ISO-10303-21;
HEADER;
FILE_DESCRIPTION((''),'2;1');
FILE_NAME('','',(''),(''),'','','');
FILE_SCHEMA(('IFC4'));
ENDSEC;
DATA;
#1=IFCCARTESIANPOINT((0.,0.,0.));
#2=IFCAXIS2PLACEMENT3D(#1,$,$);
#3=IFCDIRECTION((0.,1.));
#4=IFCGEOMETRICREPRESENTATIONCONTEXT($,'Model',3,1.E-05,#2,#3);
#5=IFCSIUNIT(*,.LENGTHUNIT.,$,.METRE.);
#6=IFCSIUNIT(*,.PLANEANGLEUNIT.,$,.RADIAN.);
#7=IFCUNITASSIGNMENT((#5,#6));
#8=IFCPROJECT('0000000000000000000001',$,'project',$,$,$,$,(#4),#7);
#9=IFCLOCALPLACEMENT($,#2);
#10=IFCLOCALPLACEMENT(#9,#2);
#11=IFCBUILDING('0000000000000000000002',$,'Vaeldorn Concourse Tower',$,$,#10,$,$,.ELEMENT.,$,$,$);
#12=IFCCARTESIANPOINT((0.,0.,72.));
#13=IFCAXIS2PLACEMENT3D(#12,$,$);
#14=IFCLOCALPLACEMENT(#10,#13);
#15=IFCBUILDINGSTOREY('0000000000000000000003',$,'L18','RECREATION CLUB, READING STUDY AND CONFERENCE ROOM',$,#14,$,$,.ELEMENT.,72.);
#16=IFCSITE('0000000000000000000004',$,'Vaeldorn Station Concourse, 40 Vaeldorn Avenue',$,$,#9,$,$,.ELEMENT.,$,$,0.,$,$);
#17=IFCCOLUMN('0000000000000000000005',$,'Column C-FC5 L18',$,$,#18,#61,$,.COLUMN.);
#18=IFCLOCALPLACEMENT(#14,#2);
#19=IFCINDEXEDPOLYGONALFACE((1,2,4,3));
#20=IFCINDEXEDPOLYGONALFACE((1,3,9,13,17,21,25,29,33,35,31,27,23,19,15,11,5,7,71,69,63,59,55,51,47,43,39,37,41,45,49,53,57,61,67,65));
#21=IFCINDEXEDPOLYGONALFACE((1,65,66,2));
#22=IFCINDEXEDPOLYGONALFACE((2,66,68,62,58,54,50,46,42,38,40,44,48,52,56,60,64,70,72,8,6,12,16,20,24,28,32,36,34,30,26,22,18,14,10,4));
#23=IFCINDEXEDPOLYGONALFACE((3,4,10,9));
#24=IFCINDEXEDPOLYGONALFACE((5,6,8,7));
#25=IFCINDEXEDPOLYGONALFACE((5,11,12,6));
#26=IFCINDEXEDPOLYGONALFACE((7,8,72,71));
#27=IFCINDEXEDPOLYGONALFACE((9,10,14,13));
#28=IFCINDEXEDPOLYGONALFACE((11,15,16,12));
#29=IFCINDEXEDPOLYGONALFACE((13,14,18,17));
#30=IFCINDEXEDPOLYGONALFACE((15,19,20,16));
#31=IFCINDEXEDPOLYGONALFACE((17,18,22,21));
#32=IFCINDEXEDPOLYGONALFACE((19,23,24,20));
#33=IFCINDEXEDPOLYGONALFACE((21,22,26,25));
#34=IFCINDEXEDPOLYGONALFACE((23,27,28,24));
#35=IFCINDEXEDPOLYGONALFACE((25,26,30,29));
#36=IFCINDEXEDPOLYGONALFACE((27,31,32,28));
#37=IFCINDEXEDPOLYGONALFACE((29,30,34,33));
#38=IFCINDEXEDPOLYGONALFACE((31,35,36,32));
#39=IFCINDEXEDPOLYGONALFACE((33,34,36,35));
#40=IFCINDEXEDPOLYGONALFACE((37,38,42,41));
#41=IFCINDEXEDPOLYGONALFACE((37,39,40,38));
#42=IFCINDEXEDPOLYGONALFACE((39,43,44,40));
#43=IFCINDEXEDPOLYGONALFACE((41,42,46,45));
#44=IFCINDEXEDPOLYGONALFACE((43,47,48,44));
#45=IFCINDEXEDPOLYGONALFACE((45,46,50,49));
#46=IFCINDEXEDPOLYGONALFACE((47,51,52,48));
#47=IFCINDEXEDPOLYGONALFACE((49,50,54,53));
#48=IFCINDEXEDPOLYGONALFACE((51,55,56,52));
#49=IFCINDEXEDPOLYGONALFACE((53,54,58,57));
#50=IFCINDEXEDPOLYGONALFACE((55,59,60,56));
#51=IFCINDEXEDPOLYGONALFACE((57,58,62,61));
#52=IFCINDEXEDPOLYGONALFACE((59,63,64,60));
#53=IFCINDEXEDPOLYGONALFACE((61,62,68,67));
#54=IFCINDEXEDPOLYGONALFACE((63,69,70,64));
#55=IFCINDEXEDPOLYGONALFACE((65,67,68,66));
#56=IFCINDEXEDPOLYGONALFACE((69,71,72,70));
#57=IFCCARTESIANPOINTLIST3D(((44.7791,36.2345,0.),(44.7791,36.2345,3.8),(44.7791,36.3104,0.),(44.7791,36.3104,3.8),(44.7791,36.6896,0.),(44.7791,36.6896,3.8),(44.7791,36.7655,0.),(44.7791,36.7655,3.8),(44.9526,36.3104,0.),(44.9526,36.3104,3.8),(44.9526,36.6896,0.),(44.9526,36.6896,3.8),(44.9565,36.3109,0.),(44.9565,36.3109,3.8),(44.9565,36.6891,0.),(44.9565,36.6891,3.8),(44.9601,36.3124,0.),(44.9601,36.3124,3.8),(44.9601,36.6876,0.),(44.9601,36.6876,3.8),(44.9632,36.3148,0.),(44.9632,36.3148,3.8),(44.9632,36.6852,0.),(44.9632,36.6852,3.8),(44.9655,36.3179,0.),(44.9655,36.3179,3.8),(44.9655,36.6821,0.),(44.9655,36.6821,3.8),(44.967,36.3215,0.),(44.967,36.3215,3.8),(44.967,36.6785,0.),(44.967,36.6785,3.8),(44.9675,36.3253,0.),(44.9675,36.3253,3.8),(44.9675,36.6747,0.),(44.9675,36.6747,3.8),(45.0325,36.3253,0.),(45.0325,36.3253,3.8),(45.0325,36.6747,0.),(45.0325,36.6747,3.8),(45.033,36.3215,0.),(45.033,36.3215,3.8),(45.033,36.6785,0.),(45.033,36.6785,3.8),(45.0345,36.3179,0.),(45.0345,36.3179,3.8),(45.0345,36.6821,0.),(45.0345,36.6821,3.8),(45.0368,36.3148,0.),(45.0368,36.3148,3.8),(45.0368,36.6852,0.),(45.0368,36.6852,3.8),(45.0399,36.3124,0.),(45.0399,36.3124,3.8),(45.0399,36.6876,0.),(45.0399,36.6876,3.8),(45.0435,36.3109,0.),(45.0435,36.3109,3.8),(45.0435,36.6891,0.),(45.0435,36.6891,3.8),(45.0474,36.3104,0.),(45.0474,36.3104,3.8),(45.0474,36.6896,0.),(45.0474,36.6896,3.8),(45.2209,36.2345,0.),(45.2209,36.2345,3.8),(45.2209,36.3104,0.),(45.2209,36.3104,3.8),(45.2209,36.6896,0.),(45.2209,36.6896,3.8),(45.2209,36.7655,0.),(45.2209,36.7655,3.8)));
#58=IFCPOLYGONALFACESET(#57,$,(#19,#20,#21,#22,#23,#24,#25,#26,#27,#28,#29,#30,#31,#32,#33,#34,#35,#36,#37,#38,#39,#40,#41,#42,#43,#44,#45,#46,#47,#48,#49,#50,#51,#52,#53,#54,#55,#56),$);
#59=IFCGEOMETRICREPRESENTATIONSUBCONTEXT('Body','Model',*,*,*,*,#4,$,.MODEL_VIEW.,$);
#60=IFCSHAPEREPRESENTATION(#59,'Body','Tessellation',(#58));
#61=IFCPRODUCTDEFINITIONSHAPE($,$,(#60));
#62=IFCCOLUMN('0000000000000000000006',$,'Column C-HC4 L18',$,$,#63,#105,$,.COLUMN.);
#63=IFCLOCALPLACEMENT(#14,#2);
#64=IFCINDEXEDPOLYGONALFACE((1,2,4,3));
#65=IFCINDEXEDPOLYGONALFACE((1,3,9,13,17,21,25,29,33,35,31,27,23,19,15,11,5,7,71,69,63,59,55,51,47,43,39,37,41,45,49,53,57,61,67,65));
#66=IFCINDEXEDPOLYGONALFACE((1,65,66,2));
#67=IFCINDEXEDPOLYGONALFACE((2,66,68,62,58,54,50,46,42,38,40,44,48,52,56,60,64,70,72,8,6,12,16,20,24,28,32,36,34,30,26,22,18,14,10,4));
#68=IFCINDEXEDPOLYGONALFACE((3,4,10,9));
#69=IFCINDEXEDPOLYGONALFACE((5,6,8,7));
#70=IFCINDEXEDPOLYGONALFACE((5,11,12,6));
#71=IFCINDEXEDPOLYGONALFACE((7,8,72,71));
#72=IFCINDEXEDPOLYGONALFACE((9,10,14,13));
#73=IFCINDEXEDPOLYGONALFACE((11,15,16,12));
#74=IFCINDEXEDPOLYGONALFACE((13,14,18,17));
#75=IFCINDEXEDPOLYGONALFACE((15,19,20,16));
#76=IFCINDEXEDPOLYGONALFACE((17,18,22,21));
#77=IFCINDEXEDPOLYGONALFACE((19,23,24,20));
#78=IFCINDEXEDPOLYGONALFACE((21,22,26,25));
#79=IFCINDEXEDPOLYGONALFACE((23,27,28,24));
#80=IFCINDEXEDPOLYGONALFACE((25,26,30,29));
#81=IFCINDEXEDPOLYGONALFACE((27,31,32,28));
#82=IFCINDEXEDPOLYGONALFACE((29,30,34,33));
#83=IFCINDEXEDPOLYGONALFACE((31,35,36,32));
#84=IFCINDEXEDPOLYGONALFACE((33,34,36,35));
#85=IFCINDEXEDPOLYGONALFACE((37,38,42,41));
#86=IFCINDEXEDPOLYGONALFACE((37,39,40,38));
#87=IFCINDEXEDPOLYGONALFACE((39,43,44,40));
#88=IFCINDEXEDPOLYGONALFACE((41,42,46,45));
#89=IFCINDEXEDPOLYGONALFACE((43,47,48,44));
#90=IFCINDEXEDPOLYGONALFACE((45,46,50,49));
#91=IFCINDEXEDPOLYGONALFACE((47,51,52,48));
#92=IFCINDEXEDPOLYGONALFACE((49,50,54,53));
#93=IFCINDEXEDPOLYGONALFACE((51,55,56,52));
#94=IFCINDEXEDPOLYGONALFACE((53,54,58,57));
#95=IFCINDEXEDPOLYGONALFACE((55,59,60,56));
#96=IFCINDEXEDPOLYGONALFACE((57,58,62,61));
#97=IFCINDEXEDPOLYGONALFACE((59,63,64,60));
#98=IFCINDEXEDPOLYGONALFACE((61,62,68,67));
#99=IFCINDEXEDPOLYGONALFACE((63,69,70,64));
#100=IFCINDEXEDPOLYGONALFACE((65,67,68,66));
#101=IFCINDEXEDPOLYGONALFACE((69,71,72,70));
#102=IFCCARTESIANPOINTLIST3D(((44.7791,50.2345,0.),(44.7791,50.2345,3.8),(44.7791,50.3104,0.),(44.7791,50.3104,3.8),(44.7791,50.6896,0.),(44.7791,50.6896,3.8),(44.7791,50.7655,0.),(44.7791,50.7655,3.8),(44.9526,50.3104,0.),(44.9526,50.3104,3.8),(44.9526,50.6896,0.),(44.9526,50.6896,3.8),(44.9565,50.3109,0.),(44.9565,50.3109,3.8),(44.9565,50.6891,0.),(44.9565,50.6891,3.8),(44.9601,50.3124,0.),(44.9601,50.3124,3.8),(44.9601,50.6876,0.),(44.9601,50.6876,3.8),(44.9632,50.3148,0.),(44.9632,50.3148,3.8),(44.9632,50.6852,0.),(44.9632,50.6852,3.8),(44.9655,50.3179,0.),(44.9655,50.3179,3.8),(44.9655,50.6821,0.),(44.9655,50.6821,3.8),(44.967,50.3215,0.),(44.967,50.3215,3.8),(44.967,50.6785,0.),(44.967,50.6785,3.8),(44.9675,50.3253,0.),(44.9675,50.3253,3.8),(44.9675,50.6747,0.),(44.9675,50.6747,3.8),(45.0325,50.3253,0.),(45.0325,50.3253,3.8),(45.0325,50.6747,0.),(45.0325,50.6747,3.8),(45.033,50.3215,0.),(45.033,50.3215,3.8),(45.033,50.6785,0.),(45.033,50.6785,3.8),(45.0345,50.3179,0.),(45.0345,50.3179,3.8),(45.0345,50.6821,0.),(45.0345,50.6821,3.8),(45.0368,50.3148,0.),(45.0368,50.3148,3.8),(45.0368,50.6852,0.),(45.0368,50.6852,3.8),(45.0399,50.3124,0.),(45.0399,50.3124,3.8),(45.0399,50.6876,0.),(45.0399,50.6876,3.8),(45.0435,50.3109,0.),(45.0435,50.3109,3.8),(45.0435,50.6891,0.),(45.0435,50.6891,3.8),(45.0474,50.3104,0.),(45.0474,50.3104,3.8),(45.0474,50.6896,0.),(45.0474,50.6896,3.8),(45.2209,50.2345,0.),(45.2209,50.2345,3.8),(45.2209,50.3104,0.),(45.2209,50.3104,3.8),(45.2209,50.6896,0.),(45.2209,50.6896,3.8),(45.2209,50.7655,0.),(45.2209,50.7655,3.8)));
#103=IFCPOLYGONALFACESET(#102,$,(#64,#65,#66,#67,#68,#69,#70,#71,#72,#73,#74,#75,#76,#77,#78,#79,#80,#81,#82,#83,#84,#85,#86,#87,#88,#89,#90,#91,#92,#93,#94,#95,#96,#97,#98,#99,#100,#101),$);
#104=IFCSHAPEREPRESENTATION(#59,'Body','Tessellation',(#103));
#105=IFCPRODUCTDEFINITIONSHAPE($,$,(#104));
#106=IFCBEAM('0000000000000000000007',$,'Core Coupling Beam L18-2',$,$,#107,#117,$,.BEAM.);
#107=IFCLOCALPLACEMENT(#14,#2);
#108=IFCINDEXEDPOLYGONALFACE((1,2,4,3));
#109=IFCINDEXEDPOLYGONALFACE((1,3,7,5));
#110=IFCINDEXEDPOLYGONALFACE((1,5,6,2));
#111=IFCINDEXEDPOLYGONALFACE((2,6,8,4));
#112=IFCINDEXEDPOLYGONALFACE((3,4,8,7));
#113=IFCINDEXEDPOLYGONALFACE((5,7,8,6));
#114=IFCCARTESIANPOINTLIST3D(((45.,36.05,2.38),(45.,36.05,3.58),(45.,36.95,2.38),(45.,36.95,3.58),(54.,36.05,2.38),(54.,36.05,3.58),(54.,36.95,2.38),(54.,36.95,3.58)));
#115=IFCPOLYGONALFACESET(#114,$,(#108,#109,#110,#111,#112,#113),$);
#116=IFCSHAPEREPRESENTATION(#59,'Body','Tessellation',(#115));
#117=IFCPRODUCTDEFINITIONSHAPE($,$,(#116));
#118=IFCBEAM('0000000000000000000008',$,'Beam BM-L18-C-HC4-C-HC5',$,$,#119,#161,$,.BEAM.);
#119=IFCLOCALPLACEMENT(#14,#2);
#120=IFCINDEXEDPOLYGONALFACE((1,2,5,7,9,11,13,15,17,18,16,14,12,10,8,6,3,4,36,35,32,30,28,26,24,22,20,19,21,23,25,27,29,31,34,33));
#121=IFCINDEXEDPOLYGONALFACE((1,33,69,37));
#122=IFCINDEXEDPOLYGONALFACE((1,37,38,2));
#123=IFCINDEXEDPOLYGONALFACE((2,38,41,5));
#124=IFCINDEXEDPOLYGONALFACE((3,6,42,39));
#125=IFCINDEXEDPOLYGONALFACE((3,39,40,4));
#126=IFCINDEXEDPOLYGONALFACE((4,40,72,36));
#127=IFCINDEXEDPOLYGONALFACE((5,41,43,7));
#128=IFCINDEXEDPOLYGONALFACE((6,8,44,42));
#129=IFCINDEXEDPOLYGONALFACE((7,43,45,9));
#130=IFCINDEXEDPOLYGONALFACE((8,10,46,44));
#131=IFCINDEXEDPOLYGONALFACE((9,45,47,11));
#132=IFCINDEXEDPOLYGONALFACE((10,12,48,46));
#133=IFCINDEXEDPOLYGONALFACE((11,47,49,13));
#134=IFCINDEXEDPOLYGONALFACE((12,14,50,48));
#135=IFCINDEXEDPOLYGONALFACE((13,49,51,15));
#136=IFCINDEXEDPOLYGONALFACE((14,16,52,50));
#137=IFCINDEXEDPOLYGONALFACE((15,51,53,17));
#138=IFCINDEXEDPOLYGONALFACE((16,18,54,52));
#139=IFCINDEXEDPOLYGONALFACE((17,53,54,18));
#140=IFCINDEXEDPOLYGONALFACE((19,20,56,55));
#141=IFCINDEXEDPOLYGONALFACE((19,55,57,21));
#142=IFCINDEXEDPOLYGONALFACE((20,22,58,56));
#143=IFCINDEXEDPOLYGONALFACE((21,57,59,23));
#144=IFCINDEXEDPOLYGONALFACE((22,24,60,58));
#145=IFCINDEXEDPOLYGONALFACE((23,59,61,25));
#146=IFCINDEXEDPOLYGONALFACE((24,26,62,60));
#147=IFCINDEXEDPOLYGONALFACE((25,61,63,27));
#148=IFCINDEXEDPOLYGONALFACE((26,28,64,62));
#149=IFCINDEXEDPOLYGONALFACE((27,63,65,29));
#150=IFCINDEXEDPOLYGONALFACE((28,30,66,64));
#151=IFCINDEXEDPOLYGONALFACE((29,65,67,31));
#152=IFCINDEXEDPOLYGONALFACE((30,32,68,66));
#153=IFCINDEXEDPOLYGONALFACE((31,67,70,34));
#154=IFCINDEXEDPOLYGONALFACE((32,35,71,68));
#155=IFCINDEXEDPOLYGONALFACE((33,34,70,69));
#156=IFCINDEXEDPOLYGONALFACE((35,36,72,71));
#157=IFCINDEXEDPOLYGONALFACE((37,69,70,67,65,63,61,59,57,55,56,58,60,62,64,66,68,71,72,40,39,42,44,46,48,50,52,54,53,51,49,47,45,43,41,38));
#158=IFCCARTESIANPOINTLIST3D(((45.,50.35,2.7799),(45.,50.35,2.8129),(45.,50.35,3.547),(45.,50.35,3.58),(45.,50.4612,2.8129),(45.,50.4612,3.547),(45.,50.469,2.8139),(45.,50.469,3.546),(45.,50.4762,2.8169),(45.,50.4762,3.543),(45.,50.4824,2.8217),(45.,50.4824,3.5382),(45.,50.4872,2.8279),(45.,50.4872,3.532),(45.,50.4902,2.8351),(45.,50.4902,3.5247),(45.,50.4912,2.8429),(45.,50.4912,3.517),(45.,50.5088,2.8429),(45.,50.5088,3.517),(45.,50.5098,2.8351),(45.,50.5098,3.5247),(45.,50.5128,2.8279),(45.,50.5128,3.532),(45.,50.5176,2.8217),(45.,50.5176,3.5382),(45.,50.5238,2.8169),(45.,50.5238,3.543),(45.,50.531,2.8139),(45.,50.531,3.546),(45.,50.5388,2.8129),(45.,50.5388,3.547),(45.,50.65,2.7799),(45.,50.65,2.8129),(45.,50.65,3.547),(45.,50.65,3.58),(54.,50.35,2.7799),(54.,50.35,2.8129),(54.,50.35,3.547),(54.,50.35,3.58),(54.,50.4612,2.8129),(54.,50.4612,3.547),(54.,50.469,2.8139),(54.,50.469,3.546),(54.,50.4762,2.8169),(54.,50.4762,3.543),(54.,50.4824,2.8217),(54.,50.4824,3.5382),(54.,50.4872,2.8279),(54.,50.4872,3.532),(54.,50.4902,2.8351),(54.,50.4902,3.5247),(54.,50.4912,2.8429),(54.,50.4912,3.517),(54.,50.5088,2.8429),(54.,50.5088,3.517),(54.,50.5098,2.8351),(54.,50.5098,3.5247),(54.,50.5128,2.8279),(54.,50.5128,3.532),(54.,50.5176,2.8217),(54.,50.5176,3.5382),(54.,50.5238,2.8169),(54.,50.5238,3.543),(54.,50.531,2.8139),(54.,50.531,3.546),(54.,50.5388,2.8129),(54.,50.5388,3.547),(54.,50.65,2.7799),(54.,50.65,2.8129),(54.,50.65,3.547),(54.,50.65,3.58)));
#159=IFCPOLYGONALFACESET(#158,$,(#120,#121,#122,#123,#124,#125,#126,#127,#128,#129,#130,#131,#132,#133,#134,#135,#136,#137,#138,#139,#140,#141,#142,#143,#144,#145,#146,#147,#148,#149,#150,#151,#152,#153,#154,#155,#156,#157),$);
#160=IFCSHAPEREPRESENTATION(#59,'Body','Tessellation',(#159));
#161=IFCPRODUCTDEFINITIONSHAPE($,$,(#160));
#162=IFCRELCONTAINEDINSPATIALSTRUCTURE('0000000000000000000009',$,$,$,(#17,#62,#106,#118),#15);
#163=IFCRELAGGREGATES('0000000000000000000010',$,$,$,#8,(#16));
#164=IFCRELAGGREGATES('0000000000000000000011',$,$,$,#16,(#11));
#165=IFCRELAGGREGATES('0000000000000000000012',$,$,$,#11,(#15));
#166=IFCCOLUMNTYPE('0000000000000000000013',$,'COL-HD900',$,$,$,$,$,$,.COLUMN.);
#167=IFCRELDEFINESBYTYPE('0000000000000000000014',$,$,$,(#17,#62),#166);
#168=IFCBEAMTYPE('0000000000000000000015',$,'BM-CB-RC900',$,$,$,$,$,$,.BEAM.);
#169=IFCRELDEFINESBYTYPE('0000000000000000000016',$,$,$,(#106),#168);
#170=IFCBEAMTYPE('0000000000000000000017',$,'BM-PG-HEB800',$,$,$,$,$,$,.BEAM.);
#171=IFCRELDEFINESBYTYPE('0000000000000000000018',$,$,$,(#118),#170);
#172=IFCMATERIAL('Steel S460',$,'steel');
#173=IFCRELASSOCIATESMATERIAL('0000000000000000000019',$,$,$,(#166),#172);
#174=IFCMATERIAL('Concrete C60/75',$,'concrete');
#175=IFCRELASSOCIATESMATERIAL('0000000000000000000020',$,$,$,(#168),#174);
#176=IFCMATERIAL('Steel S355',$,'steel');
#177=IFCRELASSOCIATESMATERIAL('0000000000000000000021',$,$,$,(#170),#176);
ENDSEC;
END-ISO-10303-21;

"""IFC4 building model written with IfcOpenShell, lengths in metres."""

from ifc_helpers import new_model, si_unit, direction, frame, origin, origin_2d, place, context, subcontext, project, spatial, rectangle, i_section, extrude, source, transform, mapped, material, material_profile, profile_set, type_object, element, save


model = new_model("IFC4")

# Units and contexts
model_context = context("Model", 3, precision=1e-05, world=origin(), true_north=direction((0.0, 1.0)))
body_context = subcontext(model_context, "Body", "Model", "MODEL_VIEW")
ifc_project = project(units=[si_unit("LENGTHUNIT", "METRE"), si_unit("PLANEANGLEUNIT", "RADIAN")], contexts=[model_context])

# Site, building, storey
site_placement = place(None, origin())
site = spatial("IfcSite", under=ifc_project, at=site_placement, Name="Vaeldorn Station Concourse, 40 Vaeldorn Avenue", CompositionType="ELEMENT", RefElevation=0.0)
building_placement = place(site_placement, origin())
building = spatial("IfcBuilding", under=site, at=building_placement, Name="Vaeldorn Concourse Tower", CompositionType="ELEMENT")
storey_placement = place(building_placement, frame((0.0, 0.0, 72.0)))
storey = spatial("IfcBuildingStorey", under=building, at=storey_placement, Name="L18", Description="RECREATION CLUB, READING STUDY AND CONFERENCE ROOM", CompositionType="ELEMENT", Elevation=72.0)

# Columns
ifc_material_1 = material(Name="Steel S460", Category="steel")
ifc_material_profile_1 = material_profile(ifc_material_1, i_section(OverallWidth=0.4419, OverallDepth=0.531, WebThickness=0.0649, FlangeThickness=0.0759, FilletRadius=0.0149, at=origin_2d()), Name="HD 400x900")
ifc_profile_set_1 = profile_set([ifc_material_profile_1], Name="Steel S460")
column_type = type_object("IfcColumnType", Name="COL-HD900", PredefinedType="COLUMN", material=ifc_profile_set_1)
shared_shape_1 = source(origin(), body_context, "Body", "SweptSolid", [
    extrude(i_section(OverallWidth=0.4419, OverallDepth=0.531, WebThickness=0.0649, FlangeThickness=0.0759, FilletRadius=0.0149, at=origin_2d()), origin(), (0.0, 0.0, 1.0), 3.8),
])
for number, where, z_axis, x_axis, name in (
    (1, (45.0, 36.5, 0.0), (0.0, 0.0, 1.0), (1.0, 0.0, 0.0), "Column C-FC5 L18"),
    (2, (45.0, 50.5, 0.0), (0.0, 0.0, 1.0), (1.0, 0.0, 0.0), "Column C-HC4 L18"),
):
    element("IfcColumn", number, at=place(storey_placement, frame(where, z_axis=z_axis, x_axis=x_axis)), inside=storey, type_object=column_type, Name=name, PredefinedType="COLUMN", context=body_context, shape_type="MappedRepresentation", body=[
        mapped(shared_shape_1, transform((0.0, 0.0, 0.0), scale=1.0)),
    ])

# Beams
ifc_material_2 = material(Name="Concrete C60/75", Category="concrete")
ifc_material_profile_2 = material_profile(ifc_material_2, rectangle(XDim=0.8999, YDim=1.2, at=origin_2d()), Name="RC 900x1200")
ifc_profile_set_2 = profile_set([ifc_material_profile_2], Name="Concrete C60/75")
beam_type_1 = type_object("IfcBeamType", Name="BM-CB-RC900", PredefinedType="BEAM", material=ifc_profile_set_2)
shared_shape_2 = source(origin(), body_context, "Body", "SweptSolid", [
    extrude(rectangle(XDim=0.8999, YDim=1.2, at=origin_2d()), origin(), (0.0, 0.0, 1.0), 9.0),
])
beam_1_placement = place(storey_placement, frame((45.0, 36.5, 2.98), z_axis=(1.0, 0.0, 0.0), x_axis=(0.0, 1.0, 0.0)))
element("IfcBeam", 3, at=beam_1_placement, inside=storey, type_object=beam_type_1, Name="Core Coupling Beam L18-2", PredefinedType="BEAM", context=body_context, shape_type="MappedRepresentation", body=[
    mapped(shared_shape_2, transform((0.0, 0.0, 0.0), scale=1.0)),
])
ifc_material_3 = material(Name="Steel S355", Category="steel")
ifc_material_profile_3 = material_profile(ifc_material_3, i_section(OverallWidth=0.3, OverallDepth=0.8, WebThickness=0.0176, FlangeThickness=0.033, FilletRadius=0.03, at=origin_2d()), Name="HEB 800")
ifc_profile_set_3 = profile_set([ifc_material_profile_3], Name="Steel S355")
beam_type_2 = type_object("IfcBeamType", Name="BM-PG-HEB800", PredefinedType="BEAM", material=ifc_profile_set_3)
shared_shape_3 = source(origin(), body_context, "Body", "SweptSolid", [
    extrude(i_section(OverallWidth=0.3, OverallDepth=0.8, WebThickness=0.0176, FlangeThickness=0.033, FilletRadius=0.03, at=origin_2d()), origin(), (0.0, 0.0, 1.0), 9.0),
])
beam_2_placement = place(storey_placement, frame((45.0, 50.5, 3.1799), z_axis=(1.0, 0.0, 0.0), x_axis=(0.0, 1.0, 0.0)))
element("IfcBeam", 4, at=beam_2_placement, inside=storey, type_object=beam_type_2, Name="Beam BM-L18-C-HC4-C-HC5", PredefinedType="BEAM", context=body_context, shape_type="MappedRepresentation", body=[
    mapped(shared_shape_3, transform((0.0, 0.0, 0.0), scale=1.0)),
])

save(model, "model.ifc")
